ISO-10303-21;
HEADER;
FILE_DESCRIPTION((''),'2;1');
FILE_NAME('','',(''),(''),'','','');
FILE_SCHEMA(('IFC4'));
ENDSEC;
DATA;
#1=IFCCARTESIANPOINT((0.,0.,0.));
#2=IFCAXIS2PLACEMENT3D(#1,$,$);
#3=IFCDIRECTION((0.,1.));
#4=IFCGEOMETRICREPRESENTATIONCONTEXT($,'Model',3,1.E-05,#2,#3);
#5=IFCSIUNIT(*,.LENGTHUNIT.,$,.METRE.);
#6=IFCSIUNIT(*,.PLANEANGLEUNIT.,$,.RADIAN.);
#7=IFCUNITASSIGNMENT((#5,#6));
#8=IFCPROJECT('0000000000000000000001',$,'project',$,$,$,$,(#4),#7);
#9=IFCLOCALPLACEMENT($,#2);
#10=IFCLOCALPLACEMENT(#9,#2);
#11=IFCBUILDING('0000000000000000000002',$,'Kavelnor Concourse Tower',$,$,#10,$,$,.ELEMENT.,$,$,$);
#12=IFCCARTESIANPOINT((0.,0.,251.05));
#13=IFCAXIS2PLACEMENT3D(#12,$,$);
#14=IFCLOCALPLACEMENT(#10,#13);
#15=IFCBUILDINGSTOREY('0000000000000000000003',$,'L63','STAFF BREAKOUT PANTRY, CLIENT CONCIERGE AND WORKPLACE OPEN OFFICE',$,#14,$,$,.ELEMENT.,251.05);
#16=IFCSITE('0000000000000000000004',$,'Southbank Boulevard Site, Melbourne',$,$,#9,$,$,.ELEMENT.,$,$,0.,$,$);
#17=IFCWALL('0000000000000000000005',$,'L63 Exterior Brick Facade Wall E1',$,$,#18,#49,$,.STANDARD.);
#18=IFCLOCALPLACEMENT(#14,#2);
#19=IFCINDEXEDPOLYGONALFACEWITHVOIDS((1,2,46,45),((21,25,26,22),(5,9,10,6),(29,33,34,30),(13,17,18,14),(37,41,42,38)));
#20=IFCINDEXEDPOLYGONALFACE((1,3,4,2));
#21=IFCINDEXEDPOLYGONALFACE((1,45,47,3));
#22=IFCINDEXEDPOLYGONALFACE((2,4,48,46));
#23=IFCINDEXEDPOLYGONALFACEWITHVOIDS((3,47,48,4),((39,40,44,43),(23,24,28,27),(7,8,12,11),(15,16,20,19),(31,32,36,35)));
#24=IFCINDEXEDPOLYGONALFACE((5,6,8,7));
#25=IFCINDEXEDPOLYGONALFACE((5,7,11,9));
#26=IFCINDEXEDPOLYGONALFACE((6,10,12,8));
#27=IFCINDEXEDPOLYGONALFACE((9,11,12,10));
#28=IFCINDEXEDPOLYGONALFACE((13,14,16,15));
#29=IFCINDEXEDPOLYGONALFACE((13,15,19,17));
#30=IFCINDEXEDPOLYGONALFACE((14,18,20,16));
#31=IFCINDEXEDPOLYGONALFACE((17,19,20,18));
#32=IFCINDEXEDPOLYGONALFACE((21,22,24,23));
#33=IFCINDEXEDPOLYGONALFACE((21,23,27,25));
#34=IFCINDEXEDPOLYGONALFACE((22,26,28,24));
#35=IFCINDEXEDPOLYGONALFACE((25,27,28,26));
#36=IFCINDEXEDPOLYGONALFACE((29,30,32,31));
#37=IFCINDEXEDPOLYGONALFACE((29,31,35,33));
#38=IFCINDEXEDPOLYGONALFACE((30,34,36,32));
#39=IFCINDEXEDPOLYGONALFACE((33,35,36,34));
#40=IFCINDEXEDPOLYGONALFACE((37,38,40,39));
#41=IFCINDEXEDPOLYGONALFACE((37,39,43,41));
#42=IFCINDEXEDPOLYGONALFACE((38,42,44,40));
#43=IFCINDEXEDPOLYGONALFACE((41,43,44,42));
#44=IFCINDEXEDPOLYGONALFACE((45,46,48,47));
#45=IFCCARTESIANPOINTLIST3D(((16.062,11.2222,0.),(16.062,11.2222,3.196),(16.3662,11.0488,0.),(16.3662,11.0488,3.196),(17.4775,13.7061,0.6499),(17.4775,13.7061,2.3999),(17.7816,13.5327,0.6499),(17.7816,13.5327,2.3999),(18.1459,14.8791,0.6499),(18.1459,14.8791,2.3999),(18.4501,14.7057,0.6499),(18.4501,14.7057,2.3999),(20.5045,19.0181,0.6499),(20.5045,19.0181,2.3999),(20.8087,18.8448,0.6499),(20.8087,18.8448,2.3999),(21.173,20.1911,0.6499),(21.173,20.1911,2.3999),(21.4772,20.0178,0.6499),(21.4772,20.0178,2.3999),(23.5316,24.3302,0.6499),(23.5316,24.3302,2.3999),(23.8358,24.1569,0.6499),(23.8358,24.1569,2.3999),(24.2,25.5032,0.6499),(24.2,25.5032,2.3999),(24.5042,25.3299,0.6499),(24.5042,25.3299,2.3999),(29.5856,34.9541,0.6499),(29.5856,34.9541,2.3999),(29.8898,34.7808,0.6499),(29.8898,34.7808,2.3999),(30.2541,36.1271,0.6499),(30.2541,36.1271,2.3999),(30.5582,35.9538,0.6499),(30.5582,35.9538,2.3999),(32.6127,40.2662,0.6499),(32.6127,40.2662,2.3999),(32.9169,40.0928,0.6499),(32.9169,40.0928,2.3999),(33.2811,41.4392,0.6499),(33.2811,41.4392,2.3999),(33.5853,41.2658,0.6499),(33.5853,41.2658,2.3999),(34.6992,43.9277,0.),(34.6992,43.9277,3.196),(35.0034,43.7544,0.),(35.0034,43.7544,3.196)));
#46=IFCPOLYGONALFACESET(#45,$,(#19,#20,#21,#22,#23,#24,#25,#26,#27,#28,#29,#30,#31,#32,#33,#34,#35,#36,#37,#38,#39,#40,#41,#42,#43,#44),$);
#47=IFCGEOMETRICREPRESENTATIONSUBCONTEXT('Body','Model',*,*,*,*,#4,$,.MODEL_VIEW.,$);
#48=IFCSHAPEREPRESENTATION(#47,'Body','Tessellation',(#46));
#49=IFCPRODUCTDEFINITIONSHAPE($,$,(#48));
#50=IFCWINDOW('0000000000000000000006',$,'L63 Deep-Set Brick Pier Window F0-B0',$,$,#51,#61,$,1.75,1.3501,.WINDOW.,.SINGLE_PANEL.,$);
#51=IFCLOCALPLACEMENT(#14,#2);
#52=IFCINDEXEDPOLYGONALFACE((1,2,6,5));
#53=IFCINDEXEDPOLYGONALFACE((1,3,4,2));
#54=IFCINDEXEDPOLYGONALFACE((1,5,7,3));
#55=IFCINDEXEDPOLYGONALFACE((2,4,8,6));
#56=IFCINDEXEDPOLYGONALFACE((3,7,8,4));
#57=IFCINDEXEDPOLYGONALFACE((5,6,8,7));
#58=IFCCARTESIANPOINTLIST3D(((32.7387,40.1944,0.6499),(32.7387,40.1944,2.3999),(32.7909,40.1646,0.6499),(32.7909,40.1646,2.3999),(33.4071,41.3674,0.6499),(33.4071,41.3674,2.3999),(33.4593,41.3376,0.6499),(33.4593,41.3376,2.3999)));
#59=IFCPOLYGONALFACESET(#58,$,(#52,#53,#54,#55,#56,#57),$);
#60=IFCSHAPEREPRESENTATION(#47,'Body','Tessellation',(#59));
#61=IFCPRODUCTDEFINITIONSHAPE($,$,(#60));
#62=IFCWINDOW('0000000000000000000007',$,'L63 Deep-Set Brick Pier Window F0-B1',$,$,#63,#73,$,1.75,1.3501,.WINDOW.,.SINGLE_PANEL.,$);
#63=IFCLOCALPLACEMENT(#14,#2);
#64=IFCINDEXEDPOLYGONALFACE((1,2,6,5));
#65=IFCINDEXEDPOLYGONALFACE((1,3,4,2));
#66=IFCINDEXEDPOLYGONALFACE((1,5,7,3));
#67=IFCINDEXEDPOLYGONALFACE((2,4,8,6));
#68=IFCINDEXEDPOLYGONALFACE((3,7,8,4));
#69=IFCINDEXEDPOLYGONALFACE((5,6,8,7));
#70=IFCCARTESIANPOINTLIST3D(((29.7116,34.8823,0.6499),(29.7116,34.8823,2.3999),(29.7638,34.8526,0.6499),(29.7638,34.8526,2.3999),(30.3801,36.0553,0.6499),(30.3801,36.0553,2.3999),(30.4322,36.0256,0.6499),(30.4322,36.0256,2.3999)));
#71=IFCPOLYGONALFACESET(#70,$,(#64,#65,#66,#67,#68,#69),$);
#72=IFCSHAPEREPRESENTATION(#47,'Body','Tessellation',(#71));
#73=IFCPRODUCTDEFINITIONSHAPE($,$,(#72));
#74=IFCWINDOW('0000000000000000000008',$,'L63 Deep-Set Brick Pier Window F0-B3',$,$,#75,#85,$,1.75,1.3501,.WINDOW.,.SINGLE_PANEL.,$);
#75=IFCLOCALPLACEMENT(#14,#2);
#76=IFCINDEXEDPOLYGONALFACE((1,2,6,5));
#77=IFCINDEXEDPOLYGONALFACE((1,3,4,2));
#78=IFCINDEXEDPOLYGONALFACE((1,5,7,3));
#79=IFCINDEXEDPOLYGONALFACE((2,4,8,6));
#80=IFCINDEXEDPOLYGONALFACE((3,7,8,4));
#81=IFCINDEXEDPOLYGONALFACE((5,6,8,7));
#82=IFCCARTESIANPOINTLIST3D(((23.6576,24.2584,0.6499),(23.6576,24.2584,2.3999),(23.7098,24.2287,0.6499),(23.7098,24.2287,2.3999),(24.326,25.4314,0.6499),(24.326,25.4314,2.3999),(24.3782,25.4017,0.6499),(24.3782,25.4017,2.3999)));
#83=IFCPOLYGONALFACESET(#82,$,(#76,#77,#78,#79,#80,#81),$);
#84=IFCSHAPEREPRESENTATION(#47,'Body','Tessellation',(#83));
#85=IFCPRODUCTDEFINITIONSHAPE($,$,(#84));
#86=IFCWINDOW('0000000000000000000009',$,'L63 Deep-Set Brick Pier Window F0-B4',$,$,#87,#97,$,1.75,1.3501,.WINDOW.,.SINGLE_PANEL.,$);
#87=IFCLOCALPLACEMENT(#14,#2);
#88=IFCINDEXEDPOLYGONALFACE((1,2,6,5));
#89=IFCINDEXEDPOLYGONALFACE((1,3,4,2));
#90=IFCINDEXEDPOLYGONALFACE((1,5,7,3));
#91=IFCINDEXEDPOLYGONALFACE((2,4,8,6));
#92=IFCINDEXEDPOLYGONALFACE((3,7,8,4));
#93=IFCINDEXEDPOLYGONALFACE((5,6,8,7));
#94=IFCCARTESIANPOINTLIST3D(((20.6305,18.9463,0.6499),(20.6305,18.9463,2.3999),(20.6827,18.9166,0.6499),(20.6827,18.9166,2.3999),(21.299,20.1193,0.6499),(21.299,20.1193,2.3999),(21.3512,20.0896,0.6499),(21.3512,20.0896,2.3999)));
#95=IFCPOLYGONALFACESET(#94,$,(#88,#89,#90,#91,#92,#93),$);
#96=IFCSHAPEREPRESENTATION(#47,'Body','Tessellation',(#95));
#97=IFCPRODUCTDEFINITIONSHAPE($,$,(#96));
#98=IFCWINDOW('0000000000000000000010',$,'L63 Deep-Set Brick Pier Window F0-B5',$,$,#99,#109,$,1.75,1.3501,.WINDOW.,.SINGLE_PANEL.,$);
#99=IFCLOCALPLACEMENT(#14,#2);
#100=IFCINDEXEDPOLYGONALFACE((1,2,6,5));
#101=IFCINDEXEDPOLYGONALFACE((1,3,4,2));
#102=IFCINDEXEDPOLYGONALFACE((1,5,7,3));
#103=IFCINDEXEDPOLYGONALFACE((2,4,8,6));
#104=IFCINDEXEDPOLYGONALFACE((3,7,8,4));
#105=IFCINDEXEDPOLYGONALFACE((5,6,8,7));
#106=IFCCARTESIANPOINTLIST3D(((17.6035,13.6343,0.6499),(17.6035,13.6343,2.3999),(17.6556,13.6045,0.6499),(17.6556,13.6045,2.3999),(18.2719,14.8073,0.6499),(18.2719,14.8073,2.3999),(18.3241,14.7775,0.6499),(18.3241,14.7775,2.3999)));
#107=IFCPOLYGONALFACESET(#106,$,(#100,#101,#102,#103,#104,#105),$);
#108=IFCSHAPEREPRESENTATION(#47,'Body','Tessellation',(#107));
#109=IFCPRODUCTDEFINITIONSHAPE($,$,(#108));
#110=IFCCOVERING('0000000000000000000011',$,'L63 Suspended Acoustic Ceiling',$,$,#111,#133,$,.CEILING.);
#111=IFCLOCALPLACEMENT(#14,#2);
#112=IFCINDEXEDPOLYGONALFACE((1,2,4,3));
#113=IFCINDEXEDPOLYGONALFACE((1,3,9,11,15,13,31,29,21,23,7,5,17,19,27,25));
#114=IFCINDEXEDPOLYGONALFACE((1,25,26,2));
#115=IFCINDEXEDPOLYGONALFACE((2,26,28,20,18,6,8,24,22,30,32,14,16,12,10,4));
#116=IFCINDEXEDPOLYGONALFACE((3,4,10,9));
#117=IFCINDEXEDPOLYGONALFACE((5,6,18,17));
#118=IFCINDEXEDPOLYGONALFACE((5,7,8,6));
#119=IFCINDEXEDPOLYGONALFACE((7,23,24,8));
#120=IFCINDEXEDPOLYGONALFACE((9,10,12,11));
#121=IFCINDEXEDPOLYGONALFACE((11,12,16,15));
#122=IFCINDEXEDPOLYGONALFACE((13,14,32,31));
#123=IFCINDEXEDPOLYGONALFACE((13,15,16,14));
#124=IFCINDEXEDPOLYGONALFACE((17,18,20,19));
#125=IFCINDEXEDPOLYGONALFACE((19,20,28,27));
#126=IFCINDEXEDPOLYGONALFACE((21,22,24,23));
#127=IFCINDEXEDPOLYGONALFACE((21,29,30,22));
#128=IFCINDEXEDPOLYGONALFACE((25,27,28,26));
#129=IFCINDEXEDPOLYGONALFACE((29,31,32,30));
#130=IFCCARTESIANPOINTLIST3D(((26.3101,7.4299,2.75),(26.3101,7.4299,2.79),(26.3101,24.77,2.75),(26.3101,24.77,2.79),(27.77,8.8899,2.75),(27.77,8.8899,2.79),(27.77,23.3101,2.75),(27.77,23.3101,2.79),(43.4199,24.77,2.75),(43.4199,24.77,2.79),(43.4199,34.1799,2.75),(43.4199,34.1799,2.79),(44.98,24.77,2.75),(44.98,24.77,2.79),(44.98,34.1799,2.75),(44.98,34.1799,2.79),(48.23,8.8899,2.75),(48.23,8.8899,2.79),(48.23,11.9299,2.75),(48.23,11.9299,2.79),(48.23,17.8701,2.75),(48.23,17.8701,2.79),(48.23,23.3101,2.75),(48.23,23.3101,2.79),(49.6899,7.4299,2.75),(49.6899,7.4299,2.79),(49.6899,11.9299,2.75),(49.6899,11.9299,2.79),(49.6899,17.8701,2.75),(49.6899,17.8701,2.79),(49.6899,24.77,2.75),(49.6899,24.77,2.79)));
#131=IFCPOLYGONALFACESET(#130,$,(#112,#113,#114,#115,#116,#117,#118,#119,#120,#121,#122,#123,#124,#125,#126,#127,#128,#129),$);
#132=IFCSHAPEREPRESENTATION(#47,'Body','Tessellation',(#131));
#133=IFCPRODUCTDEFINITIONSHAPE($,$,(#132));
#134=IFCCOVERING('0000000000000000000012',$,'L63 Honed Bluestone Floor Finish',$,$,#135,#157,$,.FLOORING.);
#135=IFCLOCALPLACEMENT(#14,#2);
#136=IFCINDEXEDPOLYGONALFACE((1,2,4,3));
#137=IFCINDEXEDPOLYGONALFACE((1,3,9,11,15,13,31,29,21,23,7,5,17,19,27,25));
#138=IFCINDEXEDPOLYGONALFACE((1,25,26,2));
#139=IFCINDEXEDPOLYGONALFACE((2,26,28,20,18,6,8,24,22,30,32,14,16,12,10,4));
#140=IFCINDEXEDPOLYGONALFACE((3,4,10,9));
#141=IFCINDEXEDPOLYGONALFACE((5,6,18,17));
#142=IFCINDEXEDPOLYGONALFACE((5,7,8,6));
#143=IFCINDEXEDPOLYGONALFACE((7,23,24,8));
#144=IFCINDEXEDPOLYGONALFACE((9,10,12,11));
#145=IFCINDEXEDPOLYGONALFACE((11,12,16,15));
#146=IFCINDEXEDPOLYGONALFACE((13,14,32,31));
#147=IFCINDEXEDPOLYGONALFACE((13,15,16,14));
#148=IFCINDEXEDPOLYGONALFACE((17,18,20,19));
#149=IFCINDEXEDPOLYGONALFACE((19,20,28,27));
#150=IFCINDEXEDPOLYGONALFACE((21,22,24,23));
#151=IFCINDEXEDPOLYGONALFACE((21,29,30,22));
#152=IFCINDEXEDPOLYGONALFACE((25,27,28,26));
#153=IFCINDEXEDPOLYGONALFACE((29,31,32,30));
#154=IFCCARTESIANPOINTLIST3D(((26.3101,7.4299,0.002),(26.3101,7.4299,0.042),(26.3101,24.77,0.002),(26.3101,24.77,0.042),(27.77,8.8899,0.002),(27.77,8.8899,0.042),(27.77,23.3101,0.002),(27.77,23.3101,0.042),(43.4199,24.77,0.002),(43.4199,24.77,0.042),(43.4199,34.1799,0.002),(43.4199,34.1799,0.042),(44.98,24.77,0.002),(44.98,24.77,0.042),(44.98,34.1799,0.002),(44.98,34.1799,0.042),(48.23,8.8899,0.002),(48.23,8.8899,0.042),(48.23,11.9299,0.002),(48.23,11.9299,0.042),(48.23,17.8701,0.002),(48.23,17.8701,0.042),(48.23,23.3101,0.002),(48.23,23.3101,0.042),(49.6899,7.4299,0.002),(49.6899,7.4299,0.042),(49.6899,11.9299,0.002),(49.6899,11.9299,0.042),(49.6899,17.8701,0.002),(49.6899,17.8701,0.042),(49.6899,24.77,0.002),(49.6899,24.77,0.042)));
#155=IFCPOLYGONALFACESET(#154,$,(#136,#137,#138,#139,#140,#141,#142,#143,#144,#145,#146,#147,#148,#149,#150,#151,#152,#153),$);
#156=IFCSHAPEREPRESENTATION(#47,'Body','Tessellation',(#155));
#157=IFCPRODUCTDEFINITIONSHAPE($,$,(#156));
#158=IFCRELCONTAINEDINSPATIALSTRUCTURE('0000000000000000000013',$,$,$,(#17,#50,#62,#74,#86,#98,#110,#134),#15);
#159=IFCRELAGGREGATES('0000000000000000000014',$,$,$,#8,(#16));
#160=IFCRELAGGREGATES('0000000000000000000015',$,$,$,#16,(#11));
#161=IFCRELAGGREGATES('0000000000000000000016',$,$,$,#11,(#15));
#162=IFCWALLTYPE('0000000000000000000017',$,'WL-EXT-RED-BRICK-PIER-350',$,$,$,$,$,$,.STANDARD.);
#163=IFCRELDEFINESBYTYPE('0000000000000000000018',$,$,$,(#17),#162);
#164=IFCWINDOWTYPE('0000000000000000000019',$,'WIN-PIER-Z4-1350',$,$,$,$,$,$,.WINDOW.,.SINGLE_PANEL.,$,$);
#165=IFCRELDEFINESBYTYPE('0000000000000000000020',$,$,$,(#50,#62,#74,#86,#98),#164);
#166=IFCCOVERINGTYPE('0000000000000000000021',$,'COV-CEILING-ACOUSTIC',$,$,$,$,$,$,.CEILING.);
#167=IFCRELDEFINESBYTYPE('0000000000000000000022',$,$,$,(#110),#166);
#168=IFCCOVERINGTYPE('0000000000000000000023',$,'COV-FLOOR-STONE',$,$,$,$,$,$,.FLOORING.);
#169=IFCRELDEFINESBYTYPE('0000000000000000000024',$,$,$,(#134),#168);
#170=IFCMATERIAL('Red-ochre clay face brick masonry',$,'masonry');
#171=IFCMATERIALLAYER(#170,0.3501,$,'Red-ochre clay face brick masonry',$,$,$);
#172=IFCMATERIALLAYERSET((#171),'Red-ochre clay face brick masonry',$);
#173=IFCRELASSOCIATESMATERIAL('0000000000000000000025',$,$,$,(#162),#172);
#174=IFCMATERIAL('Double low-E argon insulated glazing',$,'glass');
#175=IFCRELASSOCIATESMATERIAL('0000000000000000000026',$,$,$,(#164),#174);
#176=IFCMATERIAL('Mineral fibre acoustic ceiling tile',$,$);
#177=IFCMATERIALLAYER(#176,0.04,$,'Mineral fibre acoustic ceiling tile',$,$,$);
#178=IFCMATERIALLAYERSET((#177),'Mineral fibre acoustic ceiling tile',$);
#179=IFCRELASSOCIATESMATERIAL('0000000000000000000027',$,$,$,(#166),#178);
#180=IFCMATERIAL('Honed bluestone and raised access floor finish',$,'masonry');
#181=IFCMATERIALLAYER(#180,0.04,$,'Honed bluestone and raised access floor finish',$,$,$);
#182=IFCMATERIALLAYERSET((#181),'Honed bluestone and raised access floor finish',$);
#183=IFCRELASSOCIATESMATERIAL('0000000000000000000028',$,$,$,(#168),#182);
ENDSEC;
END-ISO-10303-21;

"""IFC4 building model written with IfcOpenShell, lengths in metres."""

from ifc_helpers import new_model, si_unit, direction, frame, frame_2d, origin, place, context, subcontext, project, spatial, polyline, rectangle, outline, extrude, material, layer, layer_set, type_object, element, fill, save


model = new_model("IFC4")

# Units and contexts
model_context = context("Model", 3, precision=1e-05, world=origin(), true_north=direction((0.0, 1.0)))
body_context = subcontext(model_context, "Body", "Model", "MODEL_VIEW")
ifc_project = project(units=[si_unit("LENGTHUNIT", "METRE"), si_unit("PLANEANGLEUNIT", "RADIAN")], contexts=[model_context])

# Site, building, storey
site_placement = place(None, origin())
site = spatial("IfcSite", under=ifc_project, at=site_placement, Name="Southbank Boulevard Site, Melbourne", CompositionType="ELEMENT", RefElevation=0.0)
building_placement = place(site_placement, origin())
building = spatial("IfcBuilding", under=site, at=building_placement, Name="Kavelnor Concourse Tower", CompositionType="ELEMENT")
storey_placement = place(building_placement, frame((0.0, 0.0, 251.05)))
storey = spatial("IfcBuildingStorey", under=building, at=storey_placement, Name="L63", Description="STAFF BREAKOUT PANTRY, CLIENT CONCIERGE AND WORKPLACE OPEN OFFICE", CompositionType="ELEMENT", Elevation=251.05)

# Shared definitions
ifc_material_1 = material(Name="Double low-E argon insulated glazing", Category="glass")

# Wall, openings, windows
ifc_material_2 = material(Name="Red-ochre clay face brick masonry", Category="masonry")
ifc_layer_1 = layer(ifc_material_2, 0.3501, Name="Red-ochre clay face brick masonry")
ifc_layer_set_1 = layer_set([ifc_layer_1], Name="Red-ochre clay face brick masonry")
wall_type_1 = type_object("IfcWallType", Name="WL-EXT-RED-BRICK-PIER-350", PredefinedType="STANDARD", material=ifc_layer_set_1)
wall_1_placement = place(storey_placement, frame((16.2141, 11.1355, 0.0), z_axis=(0.0, 0.0, 1.0), x_axis=(0.495103, 0.868834, 0.0)))
wall_1 = element("IfcWall", 1, at=wall_1_placement, inside=storey, type_object=wall_type_1, Name="L63 Exterior Brick Facade Wall E1", PredefinedType="STANDARD", context=body_context, shape_type="SweptSolid", body=[
    extrude(rectangle(XDim=37.6431, YDim=0.3501, at=frame_2d((18.8215, 0.0))), origin(), (0.0, 0.0, 1.0), 3.196),
])
opening_1_placement = place(wall_1_placement, frame((33.4287, 0.0, 0.6499)))
opening_1 = element("IfcOpeningElement", 2, at=opening_1_placement, cuts=wall_1, PredefinedType="OPENING", context=body_context, shape_type="SweptSolid", body=[
    extrude(rectangle(XDim=1.3501, YDim=1.75, at=frame_2d((0.675, 0.875))), frame((0.0, 0.1851, 0.0), z_axis=(0.0, -1.0, 0.0), x_axis=(1.0, 0.0, 0.0)), (0.0, 0.0, 1.0), 0.3701),
])
opening_2_placement = place(wall_1_placement, frame((27.3147, 0.0, 0.6499)))
opening_2 = element("IfcOpeningElement", 3, at=opening_2_placement, cuts=wall_1, PredefinedType="OPENING", context=body_context, shape_type="SweptSolid", body=[
    extrude(rectangle(XDim=1.3501, YDim=1.75, at=frame_2d((0.675, 0.875))), frame((0.0, 0.1851, 0.0), z_axis=(0.0, -1.0, 0.0), x_axis=(1.0, 0.0, 0.0)), (0.0, 0.0, 1.0), 0.3701),
])
opening_3_placement = place(wall_1_placement, frame((15.0869, 0.0, 0.6499)))
opening_3 = element("IfcOpeningElement", 4, at=opening_3_placement, cuts=wall_1, PredefinedType="OPENING", context=body_context, shape_type="SweptSolid", body=[
    extrude(rectangle(XDim=1.3501, YDim=1.75, at=frame_2d((0.675, 0.875))), frame((0.0, 0.1851, 0.0), z_axis=(0.0, -1.0, 0.0), x_axis=(1.0, 0.0, 0.0)), (0.0, 0.0, 1.0), 0.3701),
])
opening_4_placement = place(wall_1_placement, frame((8.9729, 0.0, 0.6499)))
opening_4 = element("IfcOpeningElement", 5, at=opening_4_placement, cuts=wall_1, PredefinedType="OPENING", context=body_context, shape_type="SweptSolid", body=[
    extrude(rectangle(XDim=1.3501, YDim=1.75, at=frame_2d((0.675, 0.875))), frame((0.0, 0.1851, 0.0), z_axis=(0.0, -1.0, 0.0), x_axis=(1.0, 0.0, 0.0)), (0.0, 0.0, 1.0), 0.3701),
])
opening_5_placement = place(wall_1_placement, frame((2.8589, 0.0, 0.6499)))
opening_5 = element("IfcOpeningElement", 6, at=opening_5_placement, cuts=wall_1, PredefinedType="OPENING", context=body_context, shape_type="SweptSolid", body=[
    extrude(rectangle(XDim=1.3501, YDim=1.75, at=frame_2d((0.675, 0.875))), frame((0.0, 0.1851, 0.0), z_axis=(0.0, -1.0, 0.0), x_axis=(1.0, 0.0, 0.0)), (0.0, 0.0, 1.0), 0.3701),
])
window_type_1 = type_object("IfcWindowType", Name="WIN-PIER-Z4-1350", PartitioningType="SINGLE_PANEL", PredefinedType="WINDOW", material=ifc_material_1)
window_1_placement = place(opening_1_placement, origin())
window_1 = element("IfcWindow", 7, at=window_1_placement, inside=storey, type_object=window_type_1, Name="L63 Deep-Set Brick Pier Window F0-B0", OverallHeight=1.75, OverallWidth=1.3501, PartitioningType="SINGLE_PANEL", PredefinedType="WINDOW", context=body_context, shape_type="SweptSolid", body=[
    extrude(rectangle(XDim=1.3501, YDim=1.75, at=frame_2d((0.675, 0.875))), frame((0.0, 0.03, 0.0), z_axis=(0.0, -1.0, 0.0), x_axis=(1.0, 0.0, 0.0)), (0.0, 0.0, 1.0), 0.0601),
])
fill(opening_1, window_1)
window_2_placement = place(opening_2_placement, origin())
window_2 = element("IfcWindow", 8, at=window_2_placement, inside=storey, type_object=window_type_1, Name="L63 Deep-Set Brick Pier Window F0-B1", OverallHeight=1.75, OverallWidth=1.3501, PartitioningType="SINGLE_PANEL", PredefinedType="WINDOW", context=body_context, shape_type="SweptSolid", body=[
    extrude(rectangle(XDim=1.3501, YDim=1.75, at=frame_2d((0.675, 0.875))), frame((0.0, 0.03, 0.0), z_axis=(0.0, -1.0, 0.0), x_axis=(1.0, 0.0, 0.0)), (0.0, 0.0, 1.0), 0.0601),
])
fill(opening_2, window_2)
window_3_placement = place(opening_3_placement, origin())
window_3 = element("IfcWindow", 9, at=window_3_placement, inside=storey, type_object=window_type_1, Name="L63 Deep-Set Brick Pier Window F0-B3", OverallHeight=1.75, OverallWidth=1.3501, PartitioningType="SINGLE_PANEL", PredefinedType="WINDOW", context=body_context, shape_type="SweptSolid", body=[
    extrude(rectangle(XDim=1.3501, YDim=1.75, at=frame_2d((0.675, 0.875))), frame((0.0, 0.03, 0.0), z_axis=(0.0, -1.0, 0.0), x_axis=(1.0, 0.0, 0.0)), (0.0, 0.0, 1.0), 0.0601),
])
fill(opening_3, window_3)
window_4_placement = place(opening_4_placement, origin())
window_4 = element("IfcWindow", 10, at=window_4_placement, inside=storey, type_object=window_type_1, Name="L63 Deep-Set Brick Pier Window F0-B4", OverallHeight=1.75, OverallWidth=1.3501, PartitioningType="SINGLE_PANEL", PredefinedType="WINDOW", context=body_context, shape_type="SweptSolid", body=[
    extrude(rectangle(XDim=1.3501, YDim=1.75, at=frame_2d((0.675, 0.875))), frame((0.0, 0.03, 0.0), z_axis=(0.0, -1.0, 0.0), x_axis=(1.0, 0.0, 0.0)), (0.0, 0.0, 1.0), 0.0601),
])
fill(opening_4, window_4)
window_5_placement = place(opening_5_placement, origin())
window_5 = element("IfcWindow", 11, at=window_5_placement, inside=storey, type_object=window_type_1, Name="L63 Deep-Set Brick Pier Window F0-B5", OverallHeight=1.75, OverallWidth=1.3501, PartitioningType="SINGLE_PANEL", PredefinedType="WINDOW", context=body_context, shape_type="SweptSolid", body=[
    extrude(rectangle(XDim=1.3501, YDim=1.75, at=frame_2d((0.675, 0.875))), frame((0.0, 0.03, 0.0), z_axis=(0.0, -1.0, 0.0), x_axis=(1.0, 0.0, 0.0)), (0.0, 0.0, 1.0), 0.0601),
])
fill(opening_5, window_5)

# Coverings
ifc_material_3 = material(Name="Mineral fibre acoustic ceiling tile")
ifc_layer_2 = layer(ifc_material_3, 0.04, Name="Mineral fibre acoustic ceiling tile")
ifc_layer_set_2 = layer_set([ifc_layer_2], Name="Mineral fibre acoustic ceiling tile")
covering_type_1 = type_object("IfcCoveringType", Name="COV-CEILING-ACOUSTIC", PredefinedType="CEILING", material=ifc_layer_set_2)
covering_1_placement = place(storey_placement, frame((0.0, 0.0, 2.75)))
element("IfcCovering", 12, at=covering_1_placement, inside=storey, type_object=covering_type_1, Name="L63 Suspended Acoustic Ceiling", PredefinedType="CEILING", context=body_context, shape_type="SweptSolid", body=[
    extrude(outline(polyline([(44.98, 24.77), (49.6899, 24.77), (49.6899, 17.8701), (48.23, 17.8701), (48.23, 23.3101), (27.77, 23.3101), (27.77, 8.8899), (48.23, 8.8899), (48.23, 11.9299), (49.6899, 11.9299), (49.6899, 7.4299), (26.3101, 7.4299), (26.3101, 24.77), (43.4199, 24.77), (43.4199, 34.1799), (44.98, 34.1799), (44.98, 24.77)])), origin(), (0.0, 0.0, 1.0), 0.04),
])
ifc_material_4 = material(Name="Honed bluestone and raised access floor finish", Category="masonry")
ifc_layer_3 = layer(ifc_material_4, 0.04, Name="Honed bluestone and raised access floor finish")
ifc_layer_set_3 = layer_set([ifc_layer_3], Name="Honed bluestone and raised access floor finish")
covering_type_2 = type_object("IfcCoveringType", Name="COV-FLOOR-STONE", PredefinedType="FLOORING", material=ifc_layer_set_3)
covering_2_placement = place(storey_placement, frame((0.0, 0.0, 0.002)))
element("IfcCovering", 13, at=covering_2_placement, inside=storey, type_object=covering_type_2, Name="L63 Honed Bluestone Floor Finish", PredefinedType="FLOORING", context=body_context, shape_type="SweptSolid", body=[
    extrude(outline(polyline([(44.98, 24.77), (49.6899, 24.77), (49.6899, 17.8701), (48.23, 17.8701), (48.23, 23.3101), (27.77, 23.3101), (27.77, 8.8899), (48.23, 8.8899), (48.23, 11.9299), (49.6899, 11.9299), (49.6899, 7.4299), (26.3101, 7.4299), (26.3101, 24.77), (43.4199, 24.77), (43.4199, 34.1799), (44.98, 34.1799), (44.98, 24.77)])), origin(), (0.0, 0.0, 1.0), 0.04),
])

save(model, "model.ifc")
